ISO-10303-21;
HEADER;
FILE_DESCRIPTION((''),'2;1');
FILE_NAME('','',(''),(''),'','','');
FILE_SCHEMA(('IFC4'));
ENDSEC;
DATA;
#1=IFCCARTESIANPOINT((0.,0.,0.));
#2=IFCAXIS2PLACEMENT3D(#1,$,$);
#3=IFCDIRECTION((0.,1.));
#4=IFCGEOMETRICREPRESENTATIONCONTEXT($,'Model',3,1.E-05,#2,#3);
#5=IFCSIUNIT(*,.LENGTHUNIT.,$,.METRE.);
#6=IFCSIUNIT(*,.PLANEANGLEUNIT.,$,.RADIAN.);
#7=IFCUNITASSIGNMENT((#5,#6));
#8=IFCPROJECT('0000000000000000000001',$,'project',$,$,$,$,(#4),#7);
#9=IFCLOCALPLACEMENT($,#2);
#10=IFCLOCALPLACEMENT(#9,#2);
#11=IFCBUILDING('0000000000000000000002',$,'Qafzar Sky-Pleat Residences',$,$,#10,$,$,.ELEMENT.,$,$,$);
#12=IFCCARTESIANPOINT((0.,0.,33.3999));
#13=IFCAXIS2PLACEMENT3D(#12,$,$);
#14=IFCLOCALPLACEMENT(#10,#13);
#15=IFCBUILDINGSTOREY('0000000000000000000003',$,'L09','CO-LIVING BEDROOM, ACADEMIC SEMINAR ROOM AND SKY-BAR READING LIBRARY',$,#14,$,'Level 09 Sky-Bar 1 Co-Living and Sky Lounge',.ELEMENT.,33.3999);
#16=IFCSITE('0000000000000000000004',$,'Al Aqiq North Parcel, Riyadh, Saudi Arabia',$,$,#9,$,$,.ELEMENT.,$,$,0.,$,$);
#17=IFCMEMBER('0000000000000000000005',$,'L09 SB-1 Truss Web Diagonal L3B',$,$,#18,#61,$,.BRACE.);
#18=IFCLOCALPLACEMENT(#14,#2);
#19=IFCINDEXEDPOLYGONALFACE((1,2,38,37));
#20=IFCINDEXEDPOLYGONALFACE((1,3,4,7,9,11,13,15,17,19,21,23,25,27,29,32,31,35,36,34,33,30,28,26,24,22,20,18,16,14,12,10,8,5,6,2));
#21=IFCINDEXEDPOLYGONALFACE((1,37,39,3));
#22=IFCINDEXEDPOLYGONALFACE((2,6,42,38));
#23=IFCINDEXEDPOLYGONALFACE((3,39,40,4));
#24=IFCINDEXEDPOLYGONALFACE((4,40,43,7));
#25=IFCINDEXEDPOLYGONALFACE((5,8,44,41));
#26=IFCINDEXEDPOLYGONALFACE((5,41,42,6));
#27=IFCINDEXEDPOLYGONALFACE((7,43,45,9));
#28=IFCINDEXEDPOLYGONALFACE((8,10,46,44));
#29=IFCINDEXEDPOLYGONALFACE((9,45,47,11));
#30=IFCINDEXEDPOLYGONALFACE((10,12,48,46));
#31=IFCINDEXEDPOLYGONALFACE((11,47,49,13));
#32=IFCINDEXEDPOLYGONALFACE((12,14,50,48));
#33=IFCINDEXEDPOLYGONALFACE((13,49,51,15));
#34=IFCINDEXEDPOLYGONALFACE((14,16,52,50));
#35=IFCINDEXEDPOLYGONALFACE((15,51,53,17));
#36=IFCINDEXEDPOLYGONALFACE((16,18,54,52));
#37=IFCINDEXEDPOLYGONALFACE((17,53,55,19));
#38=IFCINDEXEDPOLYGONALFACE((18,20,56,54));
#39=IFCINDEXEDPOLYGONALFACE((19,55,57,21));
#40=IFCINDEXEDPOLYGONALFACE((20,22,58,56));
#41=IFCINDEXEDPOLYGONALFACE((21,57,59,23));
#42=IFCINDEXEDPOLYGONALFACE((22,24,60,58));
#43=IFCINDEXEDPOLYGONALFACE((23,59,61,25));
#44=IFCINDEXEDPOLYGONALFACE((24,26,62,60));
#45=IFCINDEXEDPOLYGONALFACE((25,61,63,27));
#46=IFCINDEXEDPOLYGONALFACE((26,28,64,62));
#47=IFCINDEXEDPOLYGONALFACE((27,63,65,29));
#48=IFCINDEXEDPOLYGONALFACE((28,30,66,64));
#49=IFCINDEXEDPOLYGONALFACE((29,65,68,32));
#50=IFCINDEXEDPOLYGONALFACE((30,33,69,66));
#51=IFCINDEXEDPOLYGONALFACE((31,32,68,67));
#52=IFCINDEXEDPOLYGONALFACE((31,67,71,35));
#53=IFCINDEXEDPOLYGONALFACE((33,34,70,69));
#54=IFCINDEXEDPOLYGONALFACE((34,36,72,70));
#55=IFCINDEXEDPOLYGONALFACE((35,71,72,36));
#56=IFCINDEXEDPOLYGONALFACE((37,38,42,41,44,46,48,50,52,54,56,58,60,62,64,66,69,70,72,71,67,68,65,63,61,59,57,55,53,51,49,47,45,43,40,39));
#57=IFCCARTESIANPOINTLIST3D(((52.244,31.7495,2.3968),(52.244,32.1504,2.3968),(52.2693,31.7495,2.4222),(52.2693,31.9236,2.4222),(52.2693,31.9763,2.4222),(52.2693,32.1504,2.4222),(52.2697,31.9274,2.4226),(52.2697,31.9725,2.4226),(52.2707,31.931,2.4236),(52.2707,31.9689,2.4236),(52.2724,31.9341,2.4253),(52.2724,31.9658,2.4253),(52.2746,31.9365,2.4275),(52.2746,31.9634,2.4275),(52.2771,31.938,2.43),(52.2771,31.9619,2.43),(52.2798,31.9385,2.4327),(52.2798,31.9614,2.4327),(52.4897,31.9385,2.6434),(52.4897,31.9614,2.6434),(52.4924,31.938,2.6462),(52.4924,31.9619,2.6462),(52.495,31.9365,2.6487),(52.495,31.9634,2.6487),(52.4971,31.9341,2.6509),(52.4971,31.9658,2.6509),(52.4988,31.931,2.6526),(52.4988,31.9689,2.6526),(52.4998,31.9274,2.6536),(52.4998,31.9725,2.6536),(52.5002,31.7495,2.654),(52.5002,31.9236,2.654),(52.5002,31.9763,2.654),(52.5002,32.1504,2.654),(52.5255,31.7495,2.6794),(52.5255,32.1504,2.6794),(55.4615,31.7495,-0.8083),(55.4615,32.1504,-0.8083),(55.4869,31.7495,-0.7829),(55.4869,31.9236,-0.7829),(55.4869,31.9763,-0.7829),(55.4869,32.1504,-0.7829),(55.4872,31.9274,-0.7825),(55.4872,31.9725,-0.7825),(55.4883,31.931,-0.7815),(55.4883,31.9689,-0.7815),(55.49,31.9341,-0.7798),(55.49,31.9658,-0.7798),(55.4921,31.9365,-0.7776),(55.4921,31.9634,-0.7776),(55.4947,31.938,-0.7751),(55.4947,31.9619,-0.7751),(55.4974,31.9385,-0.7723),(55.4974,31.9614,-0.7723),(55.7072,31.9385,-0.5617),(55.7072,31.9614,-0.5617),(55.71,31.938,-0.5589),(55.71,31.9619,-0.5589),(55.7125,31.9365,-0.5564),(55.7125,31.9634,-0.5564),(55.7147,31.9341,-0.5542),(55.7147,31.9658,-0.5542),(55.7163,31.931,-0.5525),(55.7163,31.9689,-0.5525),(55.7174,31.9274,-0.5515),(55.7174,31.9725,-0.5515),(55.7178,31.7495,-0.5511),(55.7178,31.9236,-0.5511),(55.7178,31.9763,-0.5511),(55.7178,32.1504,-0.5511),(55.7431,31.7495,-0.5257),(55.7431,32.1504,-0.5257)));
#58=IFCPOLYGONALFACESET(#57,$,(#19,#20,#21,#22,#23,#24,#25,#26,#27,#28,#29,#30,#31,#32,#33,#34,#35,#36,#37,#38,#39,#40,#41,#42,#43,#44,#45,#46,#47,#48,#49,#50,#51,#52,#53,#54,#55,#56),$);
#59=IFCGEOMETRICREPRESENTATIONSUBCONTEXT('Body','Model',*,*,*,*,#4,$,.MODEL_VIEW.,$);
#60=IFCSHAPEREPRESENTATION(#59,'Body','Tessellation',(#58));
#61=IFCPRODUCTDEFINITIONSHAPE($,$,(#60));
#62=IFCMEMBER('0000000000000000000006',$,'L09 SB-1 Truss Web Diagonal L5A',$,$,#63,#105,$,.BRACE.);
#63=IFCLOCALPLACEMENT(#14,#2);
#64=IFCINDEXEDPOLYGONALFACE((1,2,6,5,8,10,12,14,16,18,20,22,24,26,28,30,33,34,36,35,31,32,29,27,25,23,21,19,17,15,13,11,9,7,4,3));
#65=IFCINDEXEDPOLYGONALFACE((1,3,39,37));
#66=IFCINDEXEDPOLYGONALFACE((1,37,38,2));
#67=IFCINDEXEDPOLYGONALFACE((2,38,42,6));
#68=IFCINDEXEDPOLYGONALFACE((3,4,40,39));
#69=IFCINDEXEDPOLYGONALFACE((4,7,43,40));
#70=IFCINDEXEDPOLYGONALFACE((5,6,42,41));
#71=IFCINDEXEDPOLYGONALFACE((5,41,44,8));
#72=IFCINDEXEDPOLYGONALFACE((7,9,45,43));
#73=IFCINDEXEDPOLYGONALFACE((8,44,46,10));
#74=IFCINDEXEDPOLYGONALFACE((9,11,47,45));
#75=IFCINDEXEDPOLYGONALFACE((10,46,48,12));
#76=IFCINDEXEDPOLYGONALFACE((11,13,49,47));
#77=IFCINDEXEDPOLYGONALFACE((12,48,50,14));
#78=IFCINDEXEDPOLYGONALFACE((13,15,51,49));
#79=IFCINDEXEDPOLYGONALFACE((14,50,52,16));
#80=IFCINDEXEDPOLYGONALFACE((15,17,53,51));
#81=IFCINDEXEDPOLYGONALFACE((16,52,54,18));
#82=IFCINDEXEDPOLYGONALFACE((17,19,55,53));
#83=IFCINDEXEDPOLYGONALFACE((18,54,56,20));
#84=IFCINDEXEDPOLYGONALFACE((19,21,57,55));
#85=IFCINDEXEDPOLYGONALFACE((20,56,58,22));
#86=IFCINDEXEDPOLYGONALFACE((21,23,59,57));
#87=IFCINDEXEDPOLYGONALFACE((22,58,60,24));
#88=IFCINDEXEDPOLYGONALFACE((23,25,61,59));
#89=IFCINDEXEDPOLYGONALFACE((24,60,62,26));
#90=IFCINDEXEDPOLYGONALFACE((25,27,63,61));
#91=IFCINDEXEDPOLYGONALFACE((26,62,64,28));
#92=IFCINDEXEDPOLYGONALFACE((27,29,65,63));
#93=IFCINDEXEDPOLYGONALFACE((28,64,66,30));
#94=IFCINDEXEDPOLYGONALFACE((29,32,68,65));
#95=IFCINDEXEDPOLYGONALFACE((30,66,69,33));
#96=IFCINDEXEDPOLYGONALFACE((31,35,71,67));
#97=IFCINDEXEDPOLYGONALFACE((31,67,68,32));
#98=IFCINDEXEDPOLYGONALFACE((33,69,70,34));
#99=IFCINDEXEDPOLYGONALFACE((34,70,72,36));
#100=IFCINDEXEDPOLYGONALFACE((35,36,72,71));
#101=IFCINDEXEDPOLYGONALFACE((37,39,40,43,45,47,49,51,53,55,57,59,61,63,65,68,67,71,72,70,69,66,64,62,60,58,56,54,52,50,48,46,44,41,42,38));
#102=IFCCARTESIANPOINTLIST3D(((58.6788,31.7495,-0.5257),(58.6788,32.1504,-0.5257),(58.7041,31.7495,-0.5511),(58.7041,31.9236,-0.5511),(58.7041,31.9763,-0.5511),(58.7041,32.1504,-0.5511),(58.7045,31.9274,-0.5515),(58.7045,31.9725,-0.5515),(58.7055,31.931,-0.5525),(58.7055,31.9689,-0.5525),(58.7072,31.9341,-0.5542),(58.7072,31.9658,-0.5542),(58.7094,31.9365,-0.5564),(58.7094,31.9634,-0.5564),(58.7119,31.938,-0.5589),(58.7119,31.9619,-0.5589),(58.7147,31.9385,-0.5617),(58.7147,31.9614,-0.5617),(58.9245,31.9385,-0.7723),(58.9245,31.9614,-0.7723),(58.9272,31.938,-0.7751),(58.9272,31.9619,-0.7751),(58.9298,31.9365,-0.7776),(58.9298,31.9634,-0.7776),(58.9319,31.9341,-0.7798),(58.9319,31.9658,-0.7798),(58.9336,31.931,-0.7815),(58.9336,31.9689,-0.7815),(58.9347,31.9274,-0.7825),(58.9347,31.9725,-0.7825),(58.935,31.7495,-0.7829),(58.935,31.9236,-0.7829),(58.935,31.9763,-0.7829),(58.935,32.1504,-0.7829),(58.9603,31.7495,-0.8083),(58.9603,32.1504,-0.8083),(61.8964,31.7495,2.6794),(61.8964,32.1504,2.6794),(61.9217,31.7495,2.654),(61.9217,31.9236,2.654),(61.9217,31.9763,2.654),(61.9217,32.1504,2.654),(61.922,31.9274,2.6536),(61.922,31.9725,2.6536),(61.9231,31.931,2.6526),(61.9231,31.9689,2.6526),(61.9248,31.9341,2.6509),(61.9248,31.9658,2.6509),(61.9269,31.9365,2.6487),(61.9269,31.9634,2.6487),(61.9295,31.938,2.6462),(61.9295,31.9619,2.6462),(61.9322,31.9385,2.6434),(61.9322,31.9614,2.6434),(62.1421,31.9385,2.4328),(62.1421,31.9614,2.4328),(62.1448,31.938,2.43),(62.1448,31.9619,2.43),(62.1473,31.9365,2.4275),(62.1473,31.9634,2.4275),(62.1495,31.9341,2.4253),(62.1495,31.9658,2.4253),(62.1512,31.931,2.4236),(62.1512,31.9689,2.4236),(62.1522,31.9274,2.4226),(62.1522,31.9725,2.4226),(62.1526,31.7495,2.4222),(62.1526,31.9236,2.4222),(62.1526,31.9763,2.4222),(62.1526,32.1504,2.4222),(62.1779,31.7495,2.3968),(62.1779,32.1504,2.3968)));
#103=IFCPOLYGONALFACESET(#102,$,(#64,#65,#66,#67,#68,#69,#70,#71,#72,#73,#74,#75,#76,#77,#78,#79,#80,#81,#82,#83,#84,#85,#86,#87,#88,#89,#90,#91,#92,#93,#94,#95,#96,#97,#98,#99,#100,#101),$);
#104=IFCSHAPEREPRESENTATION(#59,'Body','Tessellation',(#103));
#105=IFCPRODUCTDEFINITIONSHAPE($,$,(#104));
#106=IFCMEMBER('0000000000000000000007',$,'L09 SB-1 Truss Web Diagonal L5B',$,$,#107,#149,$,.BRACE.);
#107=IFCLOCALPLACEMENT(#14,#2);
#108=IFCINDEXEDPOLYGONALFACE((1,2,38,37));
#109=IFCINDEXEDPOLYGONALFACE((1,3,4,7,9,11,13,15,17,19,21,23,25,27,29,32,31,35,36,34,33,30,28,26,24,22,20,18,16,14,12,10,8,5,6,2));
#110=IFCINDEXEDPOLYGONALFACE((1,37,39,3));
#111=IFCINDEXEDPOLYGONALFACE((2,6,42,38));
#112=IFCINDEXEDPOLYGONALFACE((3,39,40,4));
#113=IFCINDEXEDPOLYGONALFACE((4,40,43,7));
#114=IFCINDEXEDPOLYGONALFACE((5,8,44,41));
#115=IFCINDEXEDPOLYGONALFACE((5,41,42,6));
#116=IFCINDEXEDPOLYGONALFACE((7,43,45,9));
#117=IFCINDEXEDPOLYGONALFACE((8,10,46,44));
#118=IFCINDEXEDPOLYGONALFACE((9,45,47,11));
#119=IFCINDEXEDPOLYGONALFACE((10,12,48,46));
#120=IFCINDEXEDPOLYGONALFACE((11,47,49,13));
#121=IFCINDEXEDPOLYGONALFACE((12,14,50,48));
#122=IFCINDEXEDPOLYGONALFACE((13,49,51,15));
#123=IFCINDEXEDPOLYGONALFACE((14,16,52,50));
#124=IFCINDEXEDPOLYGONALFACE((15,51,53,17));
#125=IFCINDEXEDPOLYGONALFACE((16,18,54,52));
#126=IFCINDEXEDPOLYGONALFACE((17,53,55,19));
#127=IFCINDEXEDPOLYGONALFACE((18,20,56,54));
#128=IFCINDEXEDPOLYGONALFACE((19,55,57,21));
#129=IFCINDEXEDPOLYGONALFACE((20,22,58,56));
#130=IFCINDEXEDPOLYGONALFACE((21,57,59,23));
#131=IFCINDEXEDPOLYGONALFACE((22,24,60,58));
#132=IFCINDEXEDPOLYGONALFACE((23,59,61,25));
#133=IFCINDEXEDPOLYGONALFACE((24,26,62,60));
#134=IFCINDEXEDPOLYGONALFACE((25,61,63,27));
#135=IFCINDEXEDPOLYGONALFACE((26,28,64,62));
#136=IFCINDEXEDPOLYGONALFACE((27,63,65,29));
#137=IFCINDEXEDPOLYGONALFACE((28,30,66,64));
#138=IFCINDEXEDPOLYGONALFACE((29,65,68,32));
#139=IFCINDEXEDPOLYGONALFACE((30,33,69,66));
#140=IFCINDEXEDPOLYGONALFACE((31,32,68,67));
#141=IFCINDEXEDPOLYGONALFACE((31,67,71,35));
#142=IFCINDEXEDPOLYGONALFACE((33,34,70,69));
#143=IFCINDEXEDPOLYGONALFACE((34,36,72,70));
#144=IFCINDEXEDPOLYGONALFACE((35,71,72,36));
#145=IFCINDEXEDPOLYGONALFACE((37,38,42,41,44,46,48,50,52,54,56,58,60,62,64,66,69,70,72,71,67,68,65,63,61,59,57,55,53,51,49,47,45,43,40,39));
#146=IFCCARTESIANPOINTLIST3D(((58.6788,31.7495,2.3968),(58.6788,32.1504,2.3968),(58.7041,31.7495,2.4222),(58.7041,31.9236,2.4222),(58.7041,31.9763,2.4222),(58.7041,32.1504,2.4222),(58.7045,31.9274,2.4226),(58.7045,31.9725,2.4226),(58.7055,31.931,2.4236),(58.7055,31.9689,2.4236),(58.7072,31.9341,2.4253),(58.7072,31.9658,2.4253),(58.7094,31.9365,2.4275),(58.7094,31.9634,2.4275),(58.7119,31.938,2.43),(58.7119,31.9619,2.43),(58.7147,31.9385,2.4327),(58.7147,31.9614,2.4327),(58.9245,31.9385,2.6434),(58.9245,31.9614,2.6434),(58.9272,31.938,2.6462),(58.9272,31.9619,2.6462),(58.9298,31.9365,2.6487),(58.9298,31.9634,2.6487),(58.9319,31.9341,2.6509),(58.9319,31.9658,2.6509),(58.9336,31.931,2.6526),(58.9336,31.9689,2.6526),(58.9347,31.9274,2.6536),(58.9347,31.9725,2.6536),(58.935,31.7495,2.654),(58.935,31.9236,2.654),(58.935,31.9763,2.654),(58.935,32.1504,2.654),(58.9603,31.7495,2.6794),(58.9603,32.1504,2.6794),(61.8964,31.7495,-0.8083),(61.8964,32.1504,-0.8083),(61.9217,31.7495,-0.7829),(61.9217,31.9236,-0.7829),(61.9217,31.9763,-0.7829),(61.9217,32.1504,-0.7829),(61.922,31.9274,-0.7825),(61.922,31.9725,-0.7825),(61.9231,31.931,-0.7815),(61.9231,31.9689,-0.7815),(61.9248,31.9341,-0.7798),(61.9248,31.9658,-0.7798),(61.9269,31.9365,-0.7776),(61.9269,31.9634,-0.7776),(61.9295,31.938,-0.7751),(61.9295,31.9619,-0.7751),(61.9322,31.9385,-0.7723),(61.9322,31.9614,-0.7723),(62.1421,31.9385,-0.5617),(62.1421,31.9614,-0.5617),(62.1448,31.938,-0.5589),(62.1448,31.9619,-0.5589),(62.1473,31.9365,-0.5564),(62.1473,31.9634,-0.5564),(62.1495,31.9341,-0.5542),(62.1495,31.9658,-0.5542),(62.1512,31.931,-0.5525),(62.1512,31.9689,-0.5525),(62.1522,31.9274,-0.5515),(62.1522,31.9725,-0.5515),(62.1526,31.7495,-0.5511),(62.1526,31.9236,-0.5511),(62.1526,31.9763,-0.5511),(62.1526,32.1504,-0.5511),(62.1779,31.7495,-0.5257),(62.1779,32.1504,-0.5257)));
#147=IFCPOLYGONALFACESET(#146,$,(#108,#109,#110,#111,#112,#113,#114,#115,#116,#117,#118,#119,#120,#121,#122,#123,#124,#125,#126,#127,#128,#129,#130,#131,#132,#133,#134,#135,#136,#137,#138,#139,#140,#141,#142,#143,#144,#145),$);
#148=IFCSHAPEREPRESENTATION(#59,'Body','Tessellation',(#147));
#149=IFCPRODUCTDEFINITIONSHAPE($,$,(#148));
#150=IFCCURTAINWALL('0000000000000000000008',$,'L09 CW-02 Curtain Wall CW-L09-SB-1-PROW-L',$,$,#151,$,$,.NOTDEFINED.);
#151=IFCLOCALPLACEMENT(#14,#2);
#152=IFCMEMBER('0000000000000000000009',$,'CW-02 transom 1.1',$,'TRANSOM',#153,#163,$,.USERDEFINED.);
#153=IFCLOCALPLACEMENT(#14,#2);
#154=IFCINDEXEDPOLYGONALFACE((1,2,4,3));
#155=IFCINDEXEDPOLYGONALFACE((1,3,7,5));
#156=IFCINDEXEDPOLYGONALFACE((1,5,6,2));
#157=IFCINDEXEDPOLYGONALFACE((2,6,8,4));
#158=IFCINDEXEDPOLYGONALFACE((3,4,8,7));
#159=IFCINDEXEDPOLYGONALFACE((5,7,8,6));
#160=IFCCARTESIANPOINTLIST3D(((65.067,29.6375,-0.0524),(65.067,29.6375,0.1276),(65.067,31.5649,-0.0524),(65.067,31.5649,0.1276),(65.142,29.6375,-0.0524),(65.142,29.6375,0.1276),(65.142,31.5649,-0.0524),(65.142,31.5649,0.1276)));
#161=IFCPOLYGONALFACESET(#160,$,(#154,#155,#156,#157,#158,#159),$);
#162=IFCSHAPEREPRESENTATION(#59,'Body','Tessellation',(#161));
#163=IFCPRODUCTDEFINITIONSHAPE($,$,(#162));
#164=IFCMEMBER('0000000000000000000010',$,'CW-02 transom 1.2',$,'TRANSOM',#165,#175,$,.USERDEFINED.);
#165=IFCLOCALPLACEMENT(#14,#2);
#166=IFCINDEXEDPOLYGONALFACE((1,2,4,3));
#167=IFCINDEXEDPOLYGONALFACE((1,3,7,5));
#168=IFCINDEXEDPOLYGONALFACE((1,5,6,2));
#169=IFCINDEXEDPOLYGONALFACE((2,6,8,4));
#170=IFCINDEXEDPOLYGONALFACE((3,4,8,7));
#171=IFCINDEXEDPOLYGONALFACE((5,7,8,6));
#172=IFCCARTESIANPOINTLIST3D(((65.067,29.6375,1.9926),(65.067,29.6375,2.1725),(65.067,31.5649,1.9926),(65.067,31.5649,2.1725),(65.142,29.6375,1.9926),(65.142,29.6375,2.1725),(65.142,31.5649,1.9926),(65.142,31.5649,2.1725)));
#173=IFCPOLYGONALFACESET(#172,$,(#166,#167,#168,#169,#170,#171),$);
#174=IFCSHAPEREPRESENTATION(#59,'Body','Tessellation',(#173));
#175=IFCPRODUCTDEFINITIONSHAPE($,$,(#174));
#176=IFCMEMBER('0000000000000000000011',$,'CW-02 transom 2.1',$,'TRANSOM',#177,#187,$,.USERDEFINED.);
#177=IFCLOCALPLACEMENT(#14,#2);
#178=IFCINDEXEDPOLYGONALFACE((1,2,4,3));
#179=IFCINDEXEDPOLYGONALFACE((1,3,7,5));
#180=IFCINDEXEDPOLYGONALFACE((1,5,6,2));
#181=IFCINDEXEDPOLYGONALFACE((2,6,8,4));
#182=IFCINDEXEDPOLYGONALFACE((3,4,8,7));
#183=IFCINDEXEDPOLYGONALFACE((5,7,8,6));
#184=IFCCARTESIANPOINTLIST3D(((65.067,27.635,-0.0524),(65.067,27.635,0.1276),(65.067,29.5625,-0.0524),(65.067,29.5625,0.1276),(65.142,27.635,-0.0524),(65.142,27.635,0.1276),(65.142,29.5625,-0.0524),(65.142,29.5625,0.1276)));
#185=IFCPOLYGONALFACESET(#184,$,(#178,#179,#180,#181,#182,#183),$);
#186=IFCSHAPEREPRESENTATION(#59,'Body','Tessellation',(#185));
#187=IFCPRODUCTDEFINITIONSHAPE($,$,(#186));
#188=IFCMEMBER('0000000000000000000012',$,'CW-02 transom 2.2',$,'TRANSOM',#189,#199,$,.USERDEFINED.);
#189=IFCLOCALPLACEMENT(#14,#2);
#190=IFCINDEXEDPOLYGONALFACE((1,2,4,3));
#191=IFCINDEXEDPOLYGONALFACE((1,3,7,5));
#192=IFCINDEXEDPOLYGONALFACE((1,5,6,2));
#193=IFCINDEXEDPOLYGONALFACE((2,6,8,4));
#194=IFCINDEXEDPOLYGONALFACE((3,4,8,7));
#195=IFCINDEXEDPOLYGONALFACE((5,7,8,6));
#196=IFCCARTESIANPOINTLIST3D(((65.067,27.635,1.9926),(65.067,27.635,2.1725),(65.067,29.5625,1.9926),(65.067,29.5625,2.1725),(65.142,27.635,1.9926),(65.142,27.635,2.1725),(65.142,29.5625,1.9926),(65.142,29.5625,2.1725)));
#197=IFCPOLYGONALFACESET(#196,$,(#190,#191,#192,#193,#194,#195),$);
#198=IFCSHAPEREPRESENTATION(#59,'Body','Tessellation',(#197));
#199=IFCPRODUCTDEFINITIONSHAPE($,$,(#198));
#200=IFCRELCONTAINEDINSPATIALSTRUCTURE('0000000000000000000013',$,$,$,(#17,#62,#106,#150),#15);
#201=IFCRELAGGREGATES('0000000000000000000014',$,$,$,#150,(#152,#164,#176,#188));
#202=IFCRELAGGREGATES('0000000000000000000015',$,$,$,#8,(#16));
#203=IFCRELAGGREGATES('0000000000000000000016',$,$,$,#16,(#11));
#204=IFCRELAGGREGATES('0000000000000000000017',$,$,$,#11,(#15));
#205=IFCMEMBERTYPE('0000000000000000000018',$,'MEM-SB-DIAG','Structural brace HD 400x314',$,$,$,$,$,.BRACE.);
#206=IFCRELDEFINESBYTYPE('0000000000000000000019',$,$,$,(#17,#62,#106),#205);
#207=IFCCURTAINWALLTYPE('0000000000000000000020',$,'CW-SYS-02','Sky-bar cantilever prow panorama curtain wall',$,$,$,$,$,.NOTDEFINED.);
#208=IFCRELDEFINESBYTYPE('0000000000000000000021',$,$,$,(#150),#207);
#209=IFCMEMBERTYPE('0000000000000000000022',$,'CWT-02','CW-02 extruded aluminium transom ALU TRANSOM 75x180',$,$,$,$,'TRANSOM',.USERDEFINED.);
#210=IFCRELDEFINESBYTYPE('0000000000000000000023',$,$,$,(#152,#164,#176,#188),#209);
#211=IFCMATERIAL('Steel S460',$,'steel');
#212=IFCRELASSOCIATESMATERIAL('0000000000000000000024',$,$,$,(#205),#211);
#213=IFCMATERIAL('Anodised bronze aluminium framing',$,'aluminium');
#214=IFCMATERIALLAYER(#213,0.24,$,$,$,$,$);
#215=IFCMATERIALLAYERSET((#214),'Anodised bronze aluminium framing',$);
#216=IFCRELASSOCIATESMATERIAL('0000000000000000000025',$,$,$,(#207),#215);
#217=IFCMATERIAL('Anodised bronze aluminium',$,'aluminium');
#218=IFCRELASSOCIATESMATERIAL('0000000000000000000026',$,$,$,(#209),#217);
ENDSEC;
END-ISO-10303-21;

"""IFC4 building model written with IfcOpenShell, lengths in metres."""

from ifc_helpers import new_model, si_unit, direction, frame, origin, origin_2d, place, context, subcontext, project, spatial, rectangle, i_section, extrude, source, transform, mapped, material, layer, layer_set, material_profile, profile_set, type_object, element, aggregate, save


model = new_model("IFC4")

# Units and contexts
model_context = context("Model", 3, precision=1e-05, world=origin(), true_north=direction((0.0, 1.0)))
body_context = subcontext(model_context, "Body", "Model", "MODEL_VIEW")
ifc_project = project(units=[si_unit("LENGTHUNIT", "METRE"), si_unit("PLANEANGLEUNIT", "RADIAN")], contexts=[model_context])

# Site, building, storey
site_placement = place(None, origin())
site = spatial("IfcSite", under=ifc_project, at=site_placement, Name="Al Aqiq North Parcel, Riyadh, Saudi Arabia", CompositionType="ELEMENT", RefElevation=0.0)
building_placement = place(site_placement, origin())
building = spatial("IfcBuilding", under=site, at=building_placement, Name="Qafzar Sky-Pleat Residences", CompositionType="ELEMENT")
storey_placement = place(building_placement, frame((0.0, 0.0, 33.3999)))
storey = spatial("IfcBuildingStorey", under=building, at=storey_placement, Name="L09", Description="CO-LIVING BEDROOM, ACADEMIC SEMINAR ROOM AND SKY-BAR READING LIBRARY", LongName="Level 09 Sky-Bar 1 Co-Living and Sky Lounge", CompositionType="ELEMENT", Elevation=33.3999)

# Shared definitions
ifc_material_1 = material(Name="Steel S460", Category="steel")

# Members
ifc_material_profile_1 = material_profile(ifc_material_1, i_section(OverallWidth=0.4009, OverallDepth=0.3989, WebThickness=0.0229, FlangeThickness=0.0359, FilletRadius=0.0149, at=origin_2d()), Name="HD 400x314")
ifc_profile_set_1 = profile_set([ifc_material_profile_1], Name="Steel S460")
member_type_1 = type_object("IfcMemberType", Name="MEM-SB-DIAG", Description="Structural brace HD 400x314", PredefinedType="BRACE", material=ifc_profile_set_1)
shared_shape_1 = source(origin(), body_context, "Body", "SweptSolid", [
    extrude(i_section(OverallWidth=0.4009, OverallDepth=0.3989, WebThickness=0.0229, FlangeThickness=0.0359, FilletRadius=0.0149, at=origin_2d()), origin(), (0.0, 0.0, 1.0), 4.5415),
])
for number, where, z_axis, x_axis, name in (
    (1, (52.3848, 31.95, 2.5381), (0.708476, 0.0, -0.705735), (0.0, 1.0, 0.0), "L09 SB-1 Truss Web Diagonal L3B"),
    (2, (58.8196, 31.95, -0.667), (0.708476, 0.0, 0.705735), (0.0, 1.0, 0.0), "L09 SB-1 Truss Web Diagonal L5A"),
    (3, (58.8196, 31.95, 2.5381), (0.708476, 0.0, -0.705735), (0.0, 1.0, 0.0), "L09 SB-1 Truss Web Diagonal L5B"),
):
    element("IfcMember", number, at=place(storey_placement, frame(where, z_axis=z_axis, x_axis=x_axis)), inside=storey, type_object=member_type_1, Name=name, PredefinedType="BRACE", context=body_context, shape_type="MappedRepresentation", body=[
        mapped(shared_shape_1, transform((0.0, 0.0, 0.0), x_axis=(1.0, 0.0, 0.0), y_axis=(0.0, 1.0, 0.0), z_axis=(0.0, 0.0, 1.0), scale=1.0)),
    ])

# Curtain wall, members
ifc_material_2 = material(Name="Anodised bronze aluminium framing", Category="aluminium")
ifc_layer_1 = layer(ifc_material_2, 0.24)
ifc_layer_set_1 = layer_set([ifc_layer_1], Name="Anodised bronze aluminium framing")
curtain_wall_type = type_object("IfcCurtainWallType", Name="CW-SYS-02", Description="Sky-bar cantilever prow panorama curtain wall", PredefinedType="NOTDEFINED", material=ifc_layer_set_1)
curtain_wall_placement = place(storey_placement, origin())
curtain_wall = element("IfcCurtainWall", 4, at=curtain_wall_placement, inside=storey, type_object=curtain_wall_type, Name="L09 CW-02 Curtain Wall CW-L09-SB-1-PROW-L", PredefinedType="NOTDEFINED")
ifc_material_3 = material(Name="Anodised bronze aluminium", Category="aluminium")
ifc_material_profile_2 = material_profile(ifc_material_3, rectangle(XDim=0.075, YDim=0.1799, at=origin_2d()), Name="ALU TRANSOM 75x180")
ifc_profile_set_2 = profile_set([ifc_material_profile_2], Name="Anodised bronze aluminium")
member_type_2 = type_object("IfcMemberType", Name="CWT-02", Description="CW-02 extruded aluminium transom ALU TRANSOM 75x180", ElementType="TRANSOM", PredefinedType="USERDEFINED", material=ifc_profile_set_2)
shared_shape_2 = source(origin(), body_context, "Body", "SweptSolid", [
    extrude(rectangle(XDim=0.075, YDim=0.1799, at=origin_2d()), origin(), (0.0, 0.0, 1.0), 1.9275),
])
member_1_placement = place(storey_placement, frame((65.1045, 31.5649, 0.0376), z_axis=(0.0, -1.0, 0.0), x_axis=(1.0, 0.0, 0.0)))
member_1 = element("IfcMember", 5, at=member_1_placement, type_object=member_type_2, Name="CW-02 transom 1.1", ObjectType="TRANSOM", PredefinedType="USERDEFINED", context=body_context, shape_type="MappedRepresentation", body=[
    mapped(shared_shape_2, transform((0.0, 0.0, 0.0), x_axis=(1.0, 0.0, 0.0), y_axis=(0.0, 1.0, 0.0), z_axis=(0.0, 0.0, 1.0), scale=1.0)),
])
member_2_placement = place(storey_placement, frame((65.1045, 31.5649, 2.0825), z_axis=(0.0, -1.0, 0.0), x_axis=(1.0, 0.0, 0.0)))
member_2 = element("IfcMember", 6, at=member_2_placement, type_object=member_type_2, Name="CW-02 transom 1.2", ObjectType="TRANSOM", PredefinedType="USERDEFINED", context=body_context, shape_type="MappedRepresentation", body=[
    mapped(shared_shape_2, transform((0.0, 0.0, 0.0), x_axis=(1.0, 0.0, 0.0), y_axis=(0.0, 1.0, 0.0), z_axis=(0.0, 0.0, 1.0), scale=1.0)),
])
member_3_placement = place(storey_placement, frame((65.1045, 29.5625, 0.0376), z_axis=(0.0, -1.0, 0.0), x_axis=(1.0, 0.0, 0.0)))
member_3 = element("IfcMember", 7, at=member_3_placement, type_object=member_type_2, Name="CW-02 transom 2.1", ObjectType="TRANSOM", PredefinedType="USERDEFINED", context=body_context, shape_type="MappedRepresentation", body=[
    mapped(shared_shape_2, transform((0.0, 0.0, 0.0), x_axis=(1.0, 0.0, 0.0), y_axis=(0.0, 1.0, 0.0), z_axis=(0.0, 0.0, 1.0), scale=1.0)),
])
member_4_placement = place(storey_placement, frame((65.1045, 29.5625, 2.0825), z_axis=(0.0, -1.0, 0.0), x_axis=(1.0, 0.0, 0.0)))
member_4 = element("IfcMember", 8, at=member_4_placement, type_object=member_type_2, Name="CW-02 transom 2.2", ObjectType="TRANSOM", PredefinedType="USERDEFINED", context=body_context, shape_type="MappedRepresentation", body=[
    mapped(shared_shape_2, transform((0.0, 0.0, 0.0), x_axis=(1.0, 0.0, 0.0), y_axis=(0.0, 1.0, 0.0), z_axis=(0.0, 0.0, 1.0), scale=1.0)),
])
aggregate(curtain_wall, [member_1, member_2, member_3, member_4])

save(model, "model.ifc")
